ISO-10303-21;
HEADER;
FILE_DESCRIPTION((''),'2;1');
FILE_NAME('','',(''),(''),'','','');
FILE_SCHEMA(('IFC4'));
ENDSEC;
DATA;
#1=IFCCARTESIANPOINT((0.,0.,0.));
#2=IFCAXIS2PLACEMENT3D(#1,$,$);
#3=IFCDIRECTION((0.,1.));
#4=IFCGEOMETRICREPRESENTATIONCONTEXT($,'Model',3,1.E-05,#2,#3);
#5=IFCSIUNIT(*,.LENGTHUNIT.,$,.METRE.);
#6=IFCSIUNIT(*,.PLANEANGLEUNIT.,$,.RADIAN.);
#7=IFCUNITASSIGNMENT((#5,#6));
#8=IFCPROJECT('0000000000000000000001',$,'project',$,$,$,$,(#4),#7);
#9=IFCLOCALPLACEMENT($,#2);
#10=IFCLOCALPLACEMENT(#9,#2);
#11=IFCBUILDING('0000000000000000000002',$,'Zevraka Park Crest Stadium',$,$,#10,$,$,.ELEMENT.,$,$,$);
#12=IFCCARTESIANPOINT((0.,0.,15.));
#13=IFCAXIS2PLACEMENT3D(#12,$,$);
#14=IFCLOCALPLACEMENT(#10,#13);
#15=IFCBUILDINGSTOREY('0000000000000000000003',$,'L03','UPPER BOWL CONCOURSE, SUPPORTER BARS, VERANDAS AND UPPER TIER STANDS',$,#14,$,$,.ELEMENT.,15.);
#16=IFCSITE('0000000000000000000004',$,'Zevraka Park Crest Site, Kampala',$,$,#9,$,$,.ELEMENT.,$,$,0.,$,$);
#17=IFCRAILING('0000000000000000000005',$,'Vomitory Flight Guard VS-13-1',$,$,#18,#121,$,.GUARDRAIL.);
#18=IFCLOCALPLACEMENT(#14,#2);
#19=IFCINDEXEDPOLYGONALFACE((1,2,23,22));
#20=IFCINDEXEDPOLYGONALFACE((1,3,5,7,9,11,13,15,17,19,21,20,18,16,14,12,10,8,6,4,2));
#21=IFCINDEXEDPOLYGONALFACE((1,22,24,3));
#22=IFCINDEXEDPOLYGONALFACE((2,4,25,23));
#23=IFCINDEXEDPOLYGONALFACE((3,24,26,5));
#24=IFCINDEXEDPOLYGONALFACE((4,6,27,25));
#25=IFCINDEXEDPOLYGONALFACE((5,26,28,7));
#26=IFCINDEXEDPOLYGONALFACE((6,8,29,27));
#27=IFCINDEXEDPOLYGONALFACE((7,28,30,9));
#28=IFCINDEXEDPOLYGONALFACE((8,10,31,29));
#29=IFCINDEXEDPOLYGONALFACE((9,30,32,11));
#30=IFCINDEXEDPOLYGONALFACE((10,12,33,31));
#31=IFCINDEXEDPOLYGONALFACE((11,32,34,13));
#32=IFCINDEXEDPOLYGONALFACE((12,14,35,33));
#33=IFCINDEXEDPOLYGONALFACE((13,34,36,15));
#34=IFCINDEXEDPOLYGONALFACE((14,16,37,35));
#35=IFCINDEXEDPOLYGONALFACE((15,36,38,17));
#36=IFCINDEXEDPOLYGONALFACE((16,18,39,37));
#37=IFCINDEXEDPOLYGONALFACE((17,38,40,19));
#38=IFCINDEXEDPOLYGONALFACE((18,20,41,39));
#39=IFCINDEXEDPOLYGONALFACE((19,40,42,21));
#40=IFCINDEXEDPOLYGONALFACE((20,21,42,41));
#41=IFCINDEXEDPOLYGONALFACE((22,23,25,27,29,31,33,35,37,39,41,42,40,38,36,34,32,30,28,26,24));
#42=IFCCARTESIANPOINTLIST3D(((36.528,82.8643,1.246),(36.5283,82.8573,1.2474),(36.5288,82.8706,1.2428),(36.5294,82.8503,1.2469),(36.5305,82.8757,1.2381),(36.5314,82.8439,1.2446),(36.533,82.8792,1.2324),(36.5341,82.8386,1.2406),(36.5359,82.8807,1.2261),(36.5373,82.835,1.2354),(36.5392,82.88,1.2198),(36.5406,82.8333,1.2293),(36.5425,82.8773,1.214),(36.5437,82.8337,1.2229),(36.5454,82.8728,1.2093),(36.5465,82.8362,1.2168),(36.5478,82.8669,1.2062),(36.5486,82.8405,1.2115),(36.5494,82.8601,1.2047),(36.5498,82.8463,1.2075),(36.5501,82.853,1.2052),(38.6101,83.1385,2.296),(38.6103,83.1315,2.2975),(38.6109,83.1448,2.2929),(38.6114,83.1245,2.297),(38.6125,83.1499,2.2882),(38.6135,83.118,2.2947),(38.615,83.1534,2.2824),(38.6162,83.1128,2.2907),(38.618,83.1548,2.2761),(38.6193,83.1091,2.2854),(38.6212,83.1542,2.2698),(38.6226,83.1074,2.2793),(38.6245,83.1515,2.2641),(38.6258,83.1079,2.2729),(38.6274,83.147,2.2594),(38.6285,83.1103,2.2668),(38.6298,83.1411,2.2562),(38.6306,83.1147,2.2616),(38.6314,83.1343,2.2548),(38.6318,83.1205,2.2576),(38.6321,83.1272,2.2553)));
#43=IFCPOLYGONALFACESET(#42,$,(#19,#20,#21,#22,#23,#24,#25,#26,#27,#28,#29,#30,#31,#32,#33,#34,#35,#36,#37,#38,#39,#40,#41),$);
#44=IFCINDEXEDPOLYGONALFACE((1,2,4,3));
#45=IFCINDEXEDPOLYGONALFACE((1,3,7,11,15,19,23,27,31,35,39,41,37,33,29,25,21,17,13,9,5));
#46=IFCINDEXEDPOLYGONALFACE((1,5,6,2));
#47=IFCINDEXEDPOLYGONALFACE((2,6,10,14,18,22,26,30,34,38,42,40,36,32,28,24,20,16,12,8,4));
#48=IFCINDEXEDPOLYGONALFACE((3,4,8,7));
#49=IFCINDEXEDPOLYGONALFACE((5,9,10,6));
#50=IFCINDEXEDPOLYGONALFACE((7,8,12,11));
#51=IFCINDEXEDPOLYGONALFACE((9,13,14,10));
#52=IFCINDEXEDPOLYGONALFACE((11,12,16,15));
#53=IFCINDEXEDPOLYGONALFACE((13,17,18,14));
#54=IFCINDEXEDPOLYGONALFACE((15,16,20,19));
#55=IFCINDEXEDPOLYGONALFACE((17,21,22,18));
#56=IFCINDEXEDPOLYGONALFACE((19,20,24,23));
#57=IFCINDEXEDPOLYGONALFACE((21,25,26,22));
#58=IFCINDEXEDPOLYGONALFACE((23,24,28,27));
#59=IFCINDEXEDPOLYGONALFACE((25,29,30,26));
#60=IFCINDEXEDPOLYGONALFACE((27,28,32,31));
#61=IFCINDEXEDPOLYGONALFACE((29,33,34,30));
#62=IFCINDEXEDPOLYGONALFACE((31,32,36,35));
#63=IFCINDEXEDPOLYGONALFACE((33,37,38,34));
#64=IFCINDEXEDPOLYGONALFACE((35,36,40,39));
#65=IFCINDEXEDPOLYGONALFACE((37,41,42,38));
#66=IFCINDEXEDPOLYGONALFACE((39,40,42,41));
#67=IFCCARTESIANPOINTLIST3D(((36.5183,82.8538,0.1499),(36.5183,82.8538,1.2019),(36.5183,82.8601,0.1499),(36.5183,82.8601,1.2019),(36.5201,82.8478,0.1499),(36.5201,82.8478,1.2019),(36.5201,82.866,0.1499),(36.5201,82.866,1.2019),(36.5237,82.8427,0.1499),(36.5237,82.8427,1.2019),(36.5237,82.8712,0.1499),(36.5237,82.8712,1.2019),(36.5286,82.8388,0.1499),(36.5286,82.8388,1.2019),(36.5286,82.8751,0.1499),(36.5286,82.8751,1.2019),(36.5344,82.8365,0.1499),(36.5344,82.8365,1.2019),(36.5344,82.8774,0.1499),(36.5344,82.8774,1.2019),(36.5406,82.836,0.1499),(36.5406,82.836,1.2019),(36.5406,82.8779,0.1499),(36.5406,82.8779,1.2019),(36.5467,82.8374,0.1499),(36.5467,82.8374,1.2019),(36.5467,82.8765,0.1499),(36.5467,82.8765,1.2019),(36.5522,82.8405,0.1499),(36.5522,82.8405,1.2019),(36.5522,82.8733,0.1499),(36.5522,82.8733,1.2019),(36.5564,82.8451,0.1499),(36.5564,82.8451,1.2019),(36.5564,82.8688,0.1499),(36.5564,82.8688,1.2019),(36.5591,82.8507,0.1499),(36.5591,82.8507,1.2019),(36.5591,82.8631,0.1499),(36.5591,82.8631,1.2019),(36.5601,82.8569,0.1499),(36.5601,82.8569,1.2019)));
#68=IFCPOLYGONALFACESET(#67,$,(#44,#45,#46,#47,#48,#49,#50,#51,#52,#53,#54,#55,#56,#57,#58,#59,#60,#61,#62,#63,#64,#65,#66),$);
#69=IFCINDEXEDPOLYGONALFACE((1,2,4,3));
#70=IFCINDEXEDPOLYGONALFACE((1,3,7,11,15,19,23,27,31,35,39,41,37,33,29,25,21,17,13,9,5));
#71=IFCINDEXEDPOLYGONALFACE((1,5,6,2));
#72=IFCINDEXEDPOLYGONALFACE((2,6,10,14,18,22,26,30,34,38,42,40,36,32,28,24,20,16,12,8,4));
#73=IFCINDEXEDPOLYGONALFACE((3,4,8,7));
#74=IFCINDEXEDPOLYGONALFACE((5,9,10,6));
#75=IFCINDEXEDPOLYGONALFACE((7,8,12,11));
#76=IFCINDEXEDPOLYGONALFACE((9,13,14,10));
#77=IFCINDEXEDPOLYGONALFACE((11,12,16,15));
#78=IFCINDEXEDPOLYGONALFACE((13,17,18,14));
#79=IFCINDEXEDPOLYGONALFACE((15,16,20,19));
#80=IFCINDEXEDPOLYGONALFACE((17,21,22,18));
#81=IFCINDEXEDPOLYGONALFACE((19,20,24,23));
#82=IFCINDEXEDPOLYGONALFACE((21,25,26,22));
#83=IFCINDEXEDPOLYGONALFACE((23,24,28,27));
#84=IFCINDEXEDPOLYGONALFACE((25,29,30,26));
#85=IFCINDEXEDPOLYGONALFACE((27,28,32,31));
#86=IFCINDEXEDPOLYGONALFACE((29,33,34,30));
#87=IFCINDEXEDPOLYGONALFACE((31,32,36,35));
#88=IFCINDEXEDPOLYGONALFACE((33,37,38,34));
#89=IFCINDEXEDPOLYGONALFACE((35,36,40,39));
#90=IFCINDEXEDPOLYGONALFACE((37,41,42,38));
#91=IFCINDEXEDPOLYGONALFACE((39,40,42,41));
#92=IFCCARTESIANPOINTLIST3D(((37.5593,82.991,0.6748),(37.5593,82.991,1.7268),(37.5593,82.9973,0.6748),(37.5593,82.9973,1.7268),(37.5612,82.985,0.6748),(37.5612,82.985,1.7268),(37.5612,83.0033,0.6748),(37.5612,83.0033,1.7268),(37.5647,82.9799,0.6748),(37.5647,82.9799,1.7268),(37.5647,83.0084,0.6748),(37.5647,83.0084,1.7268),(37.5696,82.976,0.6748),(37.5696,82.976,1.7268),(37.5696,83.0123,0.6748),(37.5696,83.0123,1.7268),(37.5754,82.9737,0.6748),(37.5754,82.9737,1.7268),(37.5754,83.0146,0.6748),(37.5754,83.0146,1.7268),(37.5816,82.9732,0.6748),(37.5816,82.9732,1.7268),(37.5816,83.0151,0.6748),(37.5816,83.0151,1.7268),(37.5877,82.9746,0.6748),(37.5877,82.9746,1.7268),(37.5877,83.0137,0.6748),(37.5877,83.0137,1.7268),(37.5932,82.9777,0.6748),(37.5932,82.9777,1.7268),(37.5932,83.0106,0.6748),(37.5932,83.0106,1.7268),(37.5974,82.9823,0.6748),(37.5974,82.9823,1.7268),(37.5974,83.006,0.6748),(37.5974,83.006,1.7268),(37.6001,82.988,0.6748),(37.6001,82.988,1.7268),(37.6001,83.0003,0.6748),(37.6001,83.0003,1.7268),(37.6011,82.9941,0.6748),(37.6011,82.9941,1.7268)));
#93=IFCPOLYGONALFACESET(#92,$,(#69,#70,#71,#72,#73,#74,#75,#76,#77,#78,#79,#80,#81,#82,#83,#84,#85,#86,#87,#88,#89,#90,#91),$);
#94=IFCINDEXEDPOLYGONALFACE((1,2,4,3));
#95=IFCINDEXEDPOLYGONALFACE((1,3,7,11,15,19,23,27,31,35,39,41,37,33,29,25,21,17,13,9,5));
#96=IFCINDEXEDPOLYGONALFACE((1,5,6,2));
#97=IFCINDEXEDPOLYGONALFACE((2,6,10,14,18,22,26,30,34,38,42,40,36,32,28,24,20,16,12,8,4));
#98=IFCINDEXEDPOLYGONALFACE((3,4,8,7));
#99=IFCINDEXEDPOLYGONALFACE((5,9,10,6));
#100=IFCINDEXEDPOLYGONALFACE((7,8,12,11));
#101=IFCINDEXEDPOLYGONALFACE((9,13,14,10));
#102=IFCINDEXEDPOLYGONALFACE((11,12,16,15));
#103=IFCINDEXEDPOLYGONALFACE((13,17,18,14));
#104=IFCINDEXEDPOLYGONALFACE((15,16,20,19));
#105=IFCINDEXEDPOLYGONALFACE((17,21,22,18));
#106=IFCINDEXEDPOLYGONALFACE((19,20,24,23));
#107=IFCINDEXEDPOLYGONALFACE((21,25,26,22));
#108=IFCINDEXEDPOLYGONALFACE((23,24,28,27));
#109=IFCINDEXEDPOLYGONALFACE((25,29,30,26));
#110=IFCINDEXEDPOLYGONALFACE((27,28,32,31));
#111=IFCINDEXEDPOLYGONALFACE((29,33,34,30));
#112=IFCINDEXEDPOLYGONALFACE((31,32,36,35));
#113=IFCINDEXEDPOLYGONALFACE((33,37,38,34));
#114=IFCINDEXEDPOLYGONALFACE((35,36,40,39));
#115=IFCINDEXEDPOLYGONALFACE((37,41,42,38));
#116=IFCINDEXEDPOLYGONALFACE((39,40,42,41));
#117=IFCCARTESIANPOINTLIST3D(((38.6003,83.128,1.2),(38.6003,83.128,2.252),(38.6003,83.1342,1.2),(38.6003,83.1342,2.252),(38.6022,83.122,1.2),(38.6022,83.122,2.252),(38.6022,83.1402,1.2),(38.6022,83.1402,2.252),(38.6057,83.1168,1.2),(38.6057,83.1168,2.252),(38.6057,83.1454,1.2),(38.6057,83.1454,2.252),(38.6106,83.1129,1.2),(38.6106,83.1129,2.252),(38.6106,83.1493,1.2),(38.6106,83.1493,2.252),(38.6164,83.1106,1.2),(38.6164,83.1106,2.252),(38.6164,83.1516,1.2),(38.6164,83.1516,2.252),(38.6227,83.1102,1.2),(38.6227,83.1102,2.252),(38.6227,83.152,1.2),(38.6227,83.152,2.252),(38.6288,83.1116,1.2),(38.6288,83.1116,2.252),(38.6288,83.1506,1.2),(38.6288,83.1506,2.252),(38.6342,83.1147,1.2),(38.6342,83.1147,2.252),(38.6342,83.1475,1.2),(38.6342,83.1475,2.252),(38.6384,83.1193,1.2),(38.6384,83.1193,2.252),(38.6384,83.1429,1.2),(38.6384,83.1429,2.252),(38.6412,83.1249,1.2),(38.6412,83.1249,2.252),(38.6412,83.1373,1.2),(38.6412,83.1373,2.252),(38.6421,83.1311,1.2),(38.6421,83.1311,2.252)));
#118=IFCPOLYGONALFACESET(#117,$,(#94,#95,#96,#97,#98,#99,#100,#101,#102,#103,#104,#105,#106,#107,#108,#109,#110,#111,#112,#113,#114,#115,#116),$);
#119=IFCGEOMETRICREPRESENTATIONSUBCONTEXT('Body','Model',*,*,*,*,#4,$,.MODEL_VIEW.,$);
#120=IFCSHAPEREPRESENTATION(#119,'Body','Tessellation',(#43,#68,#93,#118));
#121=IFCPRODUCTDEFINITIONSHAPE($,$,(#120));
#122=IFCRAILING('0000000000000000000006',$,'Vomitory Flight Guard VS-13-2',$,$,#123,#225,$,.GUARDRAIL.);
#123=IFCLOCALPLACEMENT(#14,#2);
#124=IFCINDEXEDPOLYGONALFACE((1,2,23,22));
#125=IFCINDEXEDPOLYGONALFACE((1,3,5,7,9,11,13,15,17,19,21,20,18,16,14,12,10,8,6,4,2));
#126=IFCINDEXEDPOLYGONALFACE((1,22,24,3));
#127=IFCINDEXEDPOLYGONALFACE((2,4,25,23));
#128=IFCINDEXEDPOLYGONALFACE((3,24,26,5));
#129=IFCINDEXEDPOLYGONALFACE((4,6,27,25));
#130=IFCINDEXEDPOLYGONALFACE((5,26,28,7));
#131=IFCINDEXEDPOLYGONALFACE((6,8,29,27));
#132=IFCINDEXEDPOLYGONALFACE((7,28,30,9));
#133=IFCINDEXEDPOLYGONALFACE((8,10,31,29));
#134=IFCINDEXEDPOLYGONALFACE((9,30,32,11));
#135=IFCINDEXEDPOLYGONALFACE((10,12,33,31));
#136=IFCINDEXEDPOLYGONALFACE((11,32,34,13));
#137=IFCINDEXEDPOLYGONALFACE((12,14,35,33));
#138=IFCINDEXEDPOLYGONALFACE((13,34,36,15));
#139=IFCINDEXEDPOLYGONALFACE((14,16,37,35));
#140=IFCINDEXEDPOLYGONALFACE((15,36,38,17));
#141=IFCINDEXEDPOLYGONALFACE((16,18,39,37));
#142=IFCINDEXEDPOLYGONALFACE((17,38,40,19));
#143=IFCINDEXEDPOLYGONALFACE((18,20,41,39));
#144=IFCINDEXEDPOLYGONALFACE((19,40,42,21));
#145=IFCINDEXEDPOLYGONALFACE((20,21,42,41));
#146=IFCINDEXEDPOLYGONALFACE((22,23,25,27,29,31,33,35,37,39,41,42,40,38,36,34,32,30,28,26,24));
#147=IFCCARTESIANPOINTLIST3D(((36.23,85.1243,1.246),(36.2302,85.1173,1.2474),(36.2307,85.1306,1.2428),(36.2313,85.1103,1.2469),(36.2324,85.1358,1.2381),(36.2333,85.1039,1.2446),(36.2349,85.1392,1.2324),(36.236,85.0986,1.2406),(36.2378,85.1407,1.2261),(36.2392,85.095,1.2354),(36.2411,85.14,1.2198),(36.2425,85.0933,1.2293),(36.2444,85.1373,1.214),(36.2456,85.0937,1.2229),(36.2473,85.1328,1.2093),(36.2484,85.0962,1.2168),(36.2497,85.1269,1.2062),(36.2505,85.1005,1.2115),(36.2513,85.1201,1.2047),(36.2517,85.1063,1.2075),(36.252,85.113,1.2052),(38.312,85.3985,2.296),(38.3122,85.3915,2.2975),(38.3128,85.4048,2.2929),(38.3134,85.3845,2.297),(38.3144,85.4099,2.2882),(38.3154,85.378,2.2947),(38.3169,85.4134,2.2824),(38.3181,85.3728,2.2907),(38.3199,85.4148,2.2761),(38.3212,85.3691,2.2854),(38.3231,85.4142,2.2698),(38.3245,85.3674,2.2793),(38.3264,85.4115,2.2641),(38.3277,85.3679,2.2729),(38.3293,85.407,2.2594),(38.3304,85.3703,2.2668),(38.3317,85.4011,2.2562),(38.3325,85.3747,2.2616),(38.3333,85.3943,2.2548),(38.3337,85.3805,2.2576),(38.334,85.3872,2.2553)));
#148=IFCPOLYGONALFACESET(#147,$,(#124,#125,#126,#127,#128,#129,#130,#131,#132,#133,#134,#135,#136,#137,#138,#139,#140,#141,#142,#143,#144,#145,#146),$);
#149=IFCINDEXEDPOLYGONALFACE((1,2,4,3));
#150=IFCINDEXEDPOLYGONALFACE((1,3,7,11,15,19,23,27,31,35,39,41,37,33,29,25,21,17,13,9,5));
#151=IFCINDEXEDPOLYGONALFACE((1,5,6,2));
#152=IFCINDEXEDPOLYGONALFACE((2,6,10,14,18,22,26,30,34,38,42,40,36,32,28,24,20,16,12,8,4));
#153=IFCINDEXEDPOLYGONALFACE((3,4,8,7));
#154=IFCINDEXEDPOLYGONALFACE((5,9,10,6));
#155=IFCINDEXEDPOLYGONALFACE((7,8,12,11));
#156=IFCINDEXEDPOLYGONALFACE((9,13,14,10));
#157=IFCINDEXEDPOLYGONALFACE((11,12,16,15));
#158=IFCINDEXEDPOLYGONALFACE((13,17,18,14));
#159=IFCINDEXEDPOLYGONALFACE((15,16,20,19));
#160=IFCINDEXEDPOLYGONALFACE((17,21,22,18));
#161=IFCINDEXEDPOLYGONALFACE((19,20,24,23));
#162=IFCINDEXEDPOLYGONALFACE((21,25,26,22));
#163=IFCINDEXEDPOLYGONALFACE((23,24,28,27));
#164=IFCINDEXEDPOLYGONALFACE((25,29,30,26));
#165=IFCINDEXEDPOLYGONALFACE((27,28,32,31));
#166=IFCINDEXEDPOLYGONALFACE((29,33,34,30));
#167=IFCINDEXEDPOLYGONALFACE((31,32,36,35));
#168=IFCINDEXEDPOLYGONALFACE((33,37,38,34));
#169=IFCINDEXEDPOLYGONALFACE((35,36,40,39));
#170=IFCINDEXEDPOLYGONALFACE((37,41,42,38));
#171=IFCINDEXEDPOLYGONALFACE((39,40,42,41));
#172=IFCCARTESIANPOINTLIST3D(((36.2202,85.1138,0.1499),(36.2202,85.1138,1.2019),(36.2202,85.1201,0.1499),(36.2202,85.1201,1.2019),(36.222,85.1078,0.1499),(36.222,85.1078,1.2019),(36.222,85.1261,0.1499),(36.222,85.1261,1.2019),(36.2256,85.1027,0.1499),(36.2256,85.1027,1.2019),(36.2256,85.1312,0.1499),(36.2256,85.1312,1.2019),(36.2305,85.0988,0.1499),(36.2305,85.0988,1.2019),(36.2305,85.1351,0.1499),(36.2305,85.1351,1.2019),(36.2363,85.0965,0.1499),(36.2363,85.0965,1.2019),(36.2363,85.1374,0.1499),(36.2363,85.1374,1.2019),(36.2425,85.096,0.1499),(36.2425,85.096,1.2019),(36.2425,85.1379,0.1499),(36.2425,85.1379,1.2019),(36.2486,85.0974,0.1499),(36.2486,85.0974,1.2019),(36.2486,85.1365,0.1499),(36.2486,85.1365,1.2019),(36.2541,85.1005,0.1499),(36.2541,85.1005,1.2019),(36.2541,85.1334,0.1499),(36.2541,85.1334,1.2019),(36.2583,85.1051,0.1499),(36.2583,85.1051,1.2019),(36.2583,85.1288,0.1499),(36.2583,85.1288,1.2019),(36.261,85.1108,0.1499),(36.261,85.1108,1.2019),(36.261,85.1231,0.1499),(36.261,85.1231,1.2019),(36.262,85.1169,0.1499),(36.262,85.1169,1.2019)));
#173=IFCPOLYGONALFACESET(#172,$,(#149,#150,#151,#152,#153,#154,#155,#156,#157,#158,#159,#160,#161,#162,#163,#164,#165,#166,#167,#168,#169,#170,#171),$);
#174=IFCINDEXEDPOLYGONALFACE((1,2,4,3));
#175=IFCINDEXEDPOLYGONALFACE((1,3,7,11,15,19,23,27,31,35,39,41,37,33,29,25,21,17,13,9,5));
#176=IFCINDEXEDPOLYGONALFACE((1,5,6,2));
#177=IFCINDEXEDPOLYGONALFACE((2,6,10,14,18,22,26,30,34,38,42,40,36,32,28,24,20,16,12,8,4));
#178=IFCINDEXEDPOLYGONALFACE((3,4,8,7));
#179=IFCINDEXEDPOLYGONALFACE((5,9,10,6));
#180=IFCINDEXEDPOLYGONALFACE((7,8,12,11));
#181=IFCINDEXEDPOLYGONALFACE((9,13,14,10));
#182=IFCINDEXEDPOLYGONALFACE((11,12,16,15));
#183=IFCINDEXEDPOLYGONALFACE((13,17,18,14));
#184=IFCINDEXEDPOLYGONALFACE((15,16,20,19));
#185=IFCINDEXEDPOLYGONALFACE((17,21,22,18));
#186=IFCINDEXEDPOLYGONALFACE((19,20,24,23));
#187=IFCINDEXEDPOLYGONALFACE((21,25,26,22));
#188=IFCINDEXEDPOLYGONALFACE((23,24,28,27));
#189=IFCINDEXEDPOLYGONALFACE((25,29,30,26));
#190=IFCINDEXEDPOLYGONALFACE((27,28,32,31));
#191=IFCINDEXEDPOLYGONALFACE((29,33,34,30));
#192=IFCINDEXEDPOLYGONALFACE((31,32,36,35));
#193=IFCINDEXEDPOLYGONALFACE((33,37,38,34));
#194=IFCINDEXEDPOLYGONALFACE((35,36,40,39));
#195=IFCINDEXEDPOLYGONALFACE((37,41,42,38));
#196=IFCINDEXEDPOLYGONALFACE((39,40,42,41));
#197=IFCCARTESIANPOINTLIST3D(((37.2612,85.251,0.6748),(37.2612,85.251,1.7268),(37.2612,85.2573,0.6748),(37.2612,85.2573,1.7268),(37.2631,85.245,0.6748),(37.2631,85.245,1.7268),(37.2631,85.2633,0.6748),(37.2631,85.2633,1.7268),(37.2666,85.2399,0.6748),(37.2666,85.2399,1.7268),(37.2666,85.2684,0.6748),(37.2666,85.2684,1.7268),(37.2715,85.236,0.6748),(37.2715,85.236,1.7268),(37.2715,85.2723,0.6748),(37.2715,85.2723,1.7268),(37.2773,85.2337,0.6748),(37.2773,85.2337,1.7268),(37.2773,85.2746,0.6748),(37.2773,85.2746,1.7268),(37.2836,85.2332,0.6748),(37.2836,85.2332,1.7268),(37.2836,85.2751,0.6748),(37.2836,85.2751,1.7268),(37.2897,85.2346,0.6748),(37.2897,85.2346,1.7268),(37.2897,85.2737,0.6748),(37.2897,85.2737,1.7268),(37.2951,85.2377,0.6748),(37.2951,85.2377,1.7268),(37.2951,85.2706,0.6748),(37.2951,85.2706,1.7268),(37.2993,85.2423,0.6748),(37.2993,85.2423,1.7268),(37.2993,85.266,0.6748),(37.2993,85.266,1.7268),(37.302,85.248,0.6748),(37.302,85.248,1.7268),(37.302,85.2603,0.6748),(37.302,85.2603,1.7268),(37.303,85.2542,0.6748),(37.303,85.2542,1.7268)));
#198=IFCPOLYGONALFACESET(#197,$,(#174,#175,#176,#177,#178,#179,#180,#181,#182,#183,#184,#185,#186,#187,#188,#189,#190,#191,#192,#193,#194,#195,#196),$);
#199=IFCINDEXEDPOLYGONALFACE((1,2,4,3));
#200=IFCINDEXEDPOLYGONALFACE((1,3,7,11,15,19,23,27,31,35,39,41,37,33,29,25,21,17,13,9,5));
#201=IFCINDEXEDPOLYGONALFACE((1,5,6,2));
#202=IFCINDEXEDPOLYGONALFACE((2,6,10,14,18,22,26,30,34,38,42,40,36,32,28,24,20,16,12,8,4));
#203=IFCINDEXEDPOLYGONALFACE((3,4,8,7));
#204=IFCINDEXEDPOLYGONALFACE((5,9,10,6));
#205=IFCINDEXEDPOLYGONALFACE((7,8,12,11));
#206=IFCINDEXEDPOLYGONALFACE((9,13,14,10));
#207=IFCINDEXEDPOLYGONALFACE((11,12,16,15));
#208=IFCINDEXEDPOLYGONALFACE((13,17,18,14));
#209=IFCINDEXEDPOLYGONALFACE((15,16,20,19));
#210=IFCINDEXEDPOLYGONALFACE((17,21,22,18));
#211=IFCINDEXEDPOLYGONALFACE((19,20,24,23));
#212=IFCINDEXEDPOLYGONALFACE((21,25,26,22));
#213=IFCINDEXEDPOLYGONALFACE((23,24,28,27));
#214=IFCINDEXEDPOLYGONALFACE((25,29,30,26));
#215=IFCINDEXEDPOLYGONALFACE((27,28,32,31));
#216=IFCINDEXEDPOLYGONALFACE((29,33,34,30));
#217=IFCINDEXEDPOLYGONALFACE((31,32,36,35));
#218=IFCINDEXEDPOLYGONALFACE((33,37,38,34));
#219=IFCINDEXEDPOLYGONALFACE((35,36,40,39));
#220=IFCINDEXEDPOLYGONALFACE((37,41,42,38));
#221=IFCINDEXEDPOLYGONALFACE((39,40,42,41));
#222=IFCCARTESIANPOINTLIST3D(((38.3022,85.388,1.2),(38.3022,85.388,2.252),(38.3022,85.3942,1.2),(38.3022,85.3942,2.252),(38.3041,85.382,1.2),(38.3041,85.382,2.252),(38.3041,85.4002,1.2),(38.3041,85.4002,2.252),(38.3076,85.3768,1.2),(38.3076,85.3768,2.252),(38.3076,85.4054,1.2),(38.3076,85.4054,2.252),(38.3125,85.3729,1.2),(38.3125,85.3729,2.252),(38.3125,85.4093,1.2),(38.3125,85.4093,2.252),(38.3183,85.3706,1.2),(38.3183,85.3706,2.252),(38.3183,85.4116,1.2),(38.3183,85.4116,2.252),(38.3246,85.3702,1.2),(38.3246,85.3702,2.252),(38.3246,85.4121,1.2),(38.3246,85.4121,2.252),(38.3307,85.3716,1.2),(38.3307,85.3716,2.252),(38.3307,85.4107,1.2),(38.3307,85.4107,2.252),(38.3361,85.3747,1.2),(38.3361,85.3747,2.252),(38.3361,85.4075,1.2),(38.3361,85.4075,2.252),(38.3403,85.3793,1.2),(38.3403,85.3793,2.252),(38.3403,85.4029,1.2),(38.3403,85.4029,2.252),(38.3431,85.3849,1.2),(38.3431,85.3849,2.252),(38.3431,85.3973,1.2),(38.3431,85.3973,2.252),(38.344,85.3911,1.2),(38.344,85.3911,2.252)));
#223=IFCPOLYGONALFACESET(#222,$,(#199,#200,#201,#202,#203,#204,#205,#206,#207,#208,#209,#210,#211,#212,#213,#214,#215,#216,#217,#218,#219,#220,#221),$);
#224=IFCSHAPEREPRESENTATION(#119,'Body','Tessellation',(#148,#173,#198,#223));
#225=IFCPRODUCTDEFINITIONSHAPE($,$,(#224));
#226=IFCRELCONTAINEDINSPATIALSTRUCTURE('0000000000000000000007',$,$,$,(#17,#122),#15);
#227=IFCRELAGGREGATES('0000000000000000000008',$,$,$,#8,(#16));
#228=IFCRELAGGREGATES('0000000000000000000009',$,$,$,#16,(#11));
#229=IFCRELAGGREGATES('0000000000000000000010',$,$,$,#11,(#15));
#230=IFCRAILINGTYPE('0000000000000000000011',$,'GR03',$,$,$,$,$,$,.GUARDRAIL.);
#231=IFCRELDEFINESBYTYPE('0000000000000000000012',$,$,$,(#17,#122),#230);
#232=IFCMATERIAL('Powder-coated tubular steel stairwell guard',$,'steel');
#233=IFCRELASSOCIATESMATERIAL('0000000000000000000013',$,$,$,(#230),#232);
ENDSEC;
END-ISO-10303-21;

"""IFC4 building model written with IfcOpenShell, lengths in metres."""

from ifc_helpers import new_model, si_unit, direction, frame, origin, origin_2d, place, context, subcontext, project, spatial, circle, extrude, material, type_object, element, save


model = new_model("IFC4")

# Units and contexts
model_context = context("Model", 3, precision=1e-05, world=origin(), true_north=direction((0.0, 1.0)))
body_context = subcontext(model_context, "Body", "Model", "MODEL_VIEW")
ifc_project = project(units=[si_unit("LENGTHUNIT", "METRE"), si_unit("PLANEANGLEUNIT", "RADIAN")], contexts=[model_context])

# Site, building, storey
site_placement = place(None, origin())
site = spatial("IfcSite", under=ifc_project, at=site_placement, Name="Zevraka Park Crest Site, Kampala", CompositionType="ELEMENT", RefElevation=0.0)
building_placement = place(site_placement, origin())
building = spatial("IfcBuilding", under=site, at=building_placement, Name="Zevraka Park Crest Stadium", CompositionType="ELEMENT")
storey_placement = place(building_placement, frame((0.0, 0.0, 15.0)))
storey = spatial("IfcBuildingStorey", under=building, at=storey_placement, Name="L03", Description="UPPER BOWL CONCOURSE, SUPPORTER BARS, VERANDAS AND UPPER TIER STANDS", CompositionType="ELEMENT", Elevation=15.0)

# Railings
ifc_material_1 = material(Name="Powder-coated tubular steel stairwell guard", Category="steel")
railing_type_1 = type_object("IfcRailingType", Name="GR03", PredefinedType="GUARDRAIL", material=ifc_material_1)
for number, where, name in (
    (1, (36.5391, 82.8569, 0.1499), "Vomitory Flight Guard VS-13-1"),
    (2, (36.241, 85.1169, 0.1499), "Vomitory Flight Guard VS-13-2"),
):
    element("IfcRailing", number, at=place(storey_placement, frame(where)), inside=storey, type_object=railing_type_1, Name=name, PredefinedType="GUARDRAIL", context=body_context, shape_type="SweptSolid", body=[
        extrude(circle(Radius=0.0239, at=origin_2d()), frame((0.0, 0.0, 1.0762), z_axis=(0.886764, 0.116772, 0.447229), x_axis=(-0.130557, 0.991441, 0.0)), (0.0, 0.0, 1.0), 2.3479),
        extrude(circle(Radius=0.021, at=origin_2d()), origin(), (0.0, 0.0, 1.0), 1.052),
        extrude(circle(Radius=0.021, at=origin_2d()), frame((1.041, 0.1372, 0.5249)), (0.0, 0.0, 1.0), 1.052),
        extrude(circle(Radius=0.021, at=origin_2d()), frame((2.082, 0.2742, 1.05)), (0.0, 0.0, 1.0), 1.052),
    ])

save(model, "model.ifc")
